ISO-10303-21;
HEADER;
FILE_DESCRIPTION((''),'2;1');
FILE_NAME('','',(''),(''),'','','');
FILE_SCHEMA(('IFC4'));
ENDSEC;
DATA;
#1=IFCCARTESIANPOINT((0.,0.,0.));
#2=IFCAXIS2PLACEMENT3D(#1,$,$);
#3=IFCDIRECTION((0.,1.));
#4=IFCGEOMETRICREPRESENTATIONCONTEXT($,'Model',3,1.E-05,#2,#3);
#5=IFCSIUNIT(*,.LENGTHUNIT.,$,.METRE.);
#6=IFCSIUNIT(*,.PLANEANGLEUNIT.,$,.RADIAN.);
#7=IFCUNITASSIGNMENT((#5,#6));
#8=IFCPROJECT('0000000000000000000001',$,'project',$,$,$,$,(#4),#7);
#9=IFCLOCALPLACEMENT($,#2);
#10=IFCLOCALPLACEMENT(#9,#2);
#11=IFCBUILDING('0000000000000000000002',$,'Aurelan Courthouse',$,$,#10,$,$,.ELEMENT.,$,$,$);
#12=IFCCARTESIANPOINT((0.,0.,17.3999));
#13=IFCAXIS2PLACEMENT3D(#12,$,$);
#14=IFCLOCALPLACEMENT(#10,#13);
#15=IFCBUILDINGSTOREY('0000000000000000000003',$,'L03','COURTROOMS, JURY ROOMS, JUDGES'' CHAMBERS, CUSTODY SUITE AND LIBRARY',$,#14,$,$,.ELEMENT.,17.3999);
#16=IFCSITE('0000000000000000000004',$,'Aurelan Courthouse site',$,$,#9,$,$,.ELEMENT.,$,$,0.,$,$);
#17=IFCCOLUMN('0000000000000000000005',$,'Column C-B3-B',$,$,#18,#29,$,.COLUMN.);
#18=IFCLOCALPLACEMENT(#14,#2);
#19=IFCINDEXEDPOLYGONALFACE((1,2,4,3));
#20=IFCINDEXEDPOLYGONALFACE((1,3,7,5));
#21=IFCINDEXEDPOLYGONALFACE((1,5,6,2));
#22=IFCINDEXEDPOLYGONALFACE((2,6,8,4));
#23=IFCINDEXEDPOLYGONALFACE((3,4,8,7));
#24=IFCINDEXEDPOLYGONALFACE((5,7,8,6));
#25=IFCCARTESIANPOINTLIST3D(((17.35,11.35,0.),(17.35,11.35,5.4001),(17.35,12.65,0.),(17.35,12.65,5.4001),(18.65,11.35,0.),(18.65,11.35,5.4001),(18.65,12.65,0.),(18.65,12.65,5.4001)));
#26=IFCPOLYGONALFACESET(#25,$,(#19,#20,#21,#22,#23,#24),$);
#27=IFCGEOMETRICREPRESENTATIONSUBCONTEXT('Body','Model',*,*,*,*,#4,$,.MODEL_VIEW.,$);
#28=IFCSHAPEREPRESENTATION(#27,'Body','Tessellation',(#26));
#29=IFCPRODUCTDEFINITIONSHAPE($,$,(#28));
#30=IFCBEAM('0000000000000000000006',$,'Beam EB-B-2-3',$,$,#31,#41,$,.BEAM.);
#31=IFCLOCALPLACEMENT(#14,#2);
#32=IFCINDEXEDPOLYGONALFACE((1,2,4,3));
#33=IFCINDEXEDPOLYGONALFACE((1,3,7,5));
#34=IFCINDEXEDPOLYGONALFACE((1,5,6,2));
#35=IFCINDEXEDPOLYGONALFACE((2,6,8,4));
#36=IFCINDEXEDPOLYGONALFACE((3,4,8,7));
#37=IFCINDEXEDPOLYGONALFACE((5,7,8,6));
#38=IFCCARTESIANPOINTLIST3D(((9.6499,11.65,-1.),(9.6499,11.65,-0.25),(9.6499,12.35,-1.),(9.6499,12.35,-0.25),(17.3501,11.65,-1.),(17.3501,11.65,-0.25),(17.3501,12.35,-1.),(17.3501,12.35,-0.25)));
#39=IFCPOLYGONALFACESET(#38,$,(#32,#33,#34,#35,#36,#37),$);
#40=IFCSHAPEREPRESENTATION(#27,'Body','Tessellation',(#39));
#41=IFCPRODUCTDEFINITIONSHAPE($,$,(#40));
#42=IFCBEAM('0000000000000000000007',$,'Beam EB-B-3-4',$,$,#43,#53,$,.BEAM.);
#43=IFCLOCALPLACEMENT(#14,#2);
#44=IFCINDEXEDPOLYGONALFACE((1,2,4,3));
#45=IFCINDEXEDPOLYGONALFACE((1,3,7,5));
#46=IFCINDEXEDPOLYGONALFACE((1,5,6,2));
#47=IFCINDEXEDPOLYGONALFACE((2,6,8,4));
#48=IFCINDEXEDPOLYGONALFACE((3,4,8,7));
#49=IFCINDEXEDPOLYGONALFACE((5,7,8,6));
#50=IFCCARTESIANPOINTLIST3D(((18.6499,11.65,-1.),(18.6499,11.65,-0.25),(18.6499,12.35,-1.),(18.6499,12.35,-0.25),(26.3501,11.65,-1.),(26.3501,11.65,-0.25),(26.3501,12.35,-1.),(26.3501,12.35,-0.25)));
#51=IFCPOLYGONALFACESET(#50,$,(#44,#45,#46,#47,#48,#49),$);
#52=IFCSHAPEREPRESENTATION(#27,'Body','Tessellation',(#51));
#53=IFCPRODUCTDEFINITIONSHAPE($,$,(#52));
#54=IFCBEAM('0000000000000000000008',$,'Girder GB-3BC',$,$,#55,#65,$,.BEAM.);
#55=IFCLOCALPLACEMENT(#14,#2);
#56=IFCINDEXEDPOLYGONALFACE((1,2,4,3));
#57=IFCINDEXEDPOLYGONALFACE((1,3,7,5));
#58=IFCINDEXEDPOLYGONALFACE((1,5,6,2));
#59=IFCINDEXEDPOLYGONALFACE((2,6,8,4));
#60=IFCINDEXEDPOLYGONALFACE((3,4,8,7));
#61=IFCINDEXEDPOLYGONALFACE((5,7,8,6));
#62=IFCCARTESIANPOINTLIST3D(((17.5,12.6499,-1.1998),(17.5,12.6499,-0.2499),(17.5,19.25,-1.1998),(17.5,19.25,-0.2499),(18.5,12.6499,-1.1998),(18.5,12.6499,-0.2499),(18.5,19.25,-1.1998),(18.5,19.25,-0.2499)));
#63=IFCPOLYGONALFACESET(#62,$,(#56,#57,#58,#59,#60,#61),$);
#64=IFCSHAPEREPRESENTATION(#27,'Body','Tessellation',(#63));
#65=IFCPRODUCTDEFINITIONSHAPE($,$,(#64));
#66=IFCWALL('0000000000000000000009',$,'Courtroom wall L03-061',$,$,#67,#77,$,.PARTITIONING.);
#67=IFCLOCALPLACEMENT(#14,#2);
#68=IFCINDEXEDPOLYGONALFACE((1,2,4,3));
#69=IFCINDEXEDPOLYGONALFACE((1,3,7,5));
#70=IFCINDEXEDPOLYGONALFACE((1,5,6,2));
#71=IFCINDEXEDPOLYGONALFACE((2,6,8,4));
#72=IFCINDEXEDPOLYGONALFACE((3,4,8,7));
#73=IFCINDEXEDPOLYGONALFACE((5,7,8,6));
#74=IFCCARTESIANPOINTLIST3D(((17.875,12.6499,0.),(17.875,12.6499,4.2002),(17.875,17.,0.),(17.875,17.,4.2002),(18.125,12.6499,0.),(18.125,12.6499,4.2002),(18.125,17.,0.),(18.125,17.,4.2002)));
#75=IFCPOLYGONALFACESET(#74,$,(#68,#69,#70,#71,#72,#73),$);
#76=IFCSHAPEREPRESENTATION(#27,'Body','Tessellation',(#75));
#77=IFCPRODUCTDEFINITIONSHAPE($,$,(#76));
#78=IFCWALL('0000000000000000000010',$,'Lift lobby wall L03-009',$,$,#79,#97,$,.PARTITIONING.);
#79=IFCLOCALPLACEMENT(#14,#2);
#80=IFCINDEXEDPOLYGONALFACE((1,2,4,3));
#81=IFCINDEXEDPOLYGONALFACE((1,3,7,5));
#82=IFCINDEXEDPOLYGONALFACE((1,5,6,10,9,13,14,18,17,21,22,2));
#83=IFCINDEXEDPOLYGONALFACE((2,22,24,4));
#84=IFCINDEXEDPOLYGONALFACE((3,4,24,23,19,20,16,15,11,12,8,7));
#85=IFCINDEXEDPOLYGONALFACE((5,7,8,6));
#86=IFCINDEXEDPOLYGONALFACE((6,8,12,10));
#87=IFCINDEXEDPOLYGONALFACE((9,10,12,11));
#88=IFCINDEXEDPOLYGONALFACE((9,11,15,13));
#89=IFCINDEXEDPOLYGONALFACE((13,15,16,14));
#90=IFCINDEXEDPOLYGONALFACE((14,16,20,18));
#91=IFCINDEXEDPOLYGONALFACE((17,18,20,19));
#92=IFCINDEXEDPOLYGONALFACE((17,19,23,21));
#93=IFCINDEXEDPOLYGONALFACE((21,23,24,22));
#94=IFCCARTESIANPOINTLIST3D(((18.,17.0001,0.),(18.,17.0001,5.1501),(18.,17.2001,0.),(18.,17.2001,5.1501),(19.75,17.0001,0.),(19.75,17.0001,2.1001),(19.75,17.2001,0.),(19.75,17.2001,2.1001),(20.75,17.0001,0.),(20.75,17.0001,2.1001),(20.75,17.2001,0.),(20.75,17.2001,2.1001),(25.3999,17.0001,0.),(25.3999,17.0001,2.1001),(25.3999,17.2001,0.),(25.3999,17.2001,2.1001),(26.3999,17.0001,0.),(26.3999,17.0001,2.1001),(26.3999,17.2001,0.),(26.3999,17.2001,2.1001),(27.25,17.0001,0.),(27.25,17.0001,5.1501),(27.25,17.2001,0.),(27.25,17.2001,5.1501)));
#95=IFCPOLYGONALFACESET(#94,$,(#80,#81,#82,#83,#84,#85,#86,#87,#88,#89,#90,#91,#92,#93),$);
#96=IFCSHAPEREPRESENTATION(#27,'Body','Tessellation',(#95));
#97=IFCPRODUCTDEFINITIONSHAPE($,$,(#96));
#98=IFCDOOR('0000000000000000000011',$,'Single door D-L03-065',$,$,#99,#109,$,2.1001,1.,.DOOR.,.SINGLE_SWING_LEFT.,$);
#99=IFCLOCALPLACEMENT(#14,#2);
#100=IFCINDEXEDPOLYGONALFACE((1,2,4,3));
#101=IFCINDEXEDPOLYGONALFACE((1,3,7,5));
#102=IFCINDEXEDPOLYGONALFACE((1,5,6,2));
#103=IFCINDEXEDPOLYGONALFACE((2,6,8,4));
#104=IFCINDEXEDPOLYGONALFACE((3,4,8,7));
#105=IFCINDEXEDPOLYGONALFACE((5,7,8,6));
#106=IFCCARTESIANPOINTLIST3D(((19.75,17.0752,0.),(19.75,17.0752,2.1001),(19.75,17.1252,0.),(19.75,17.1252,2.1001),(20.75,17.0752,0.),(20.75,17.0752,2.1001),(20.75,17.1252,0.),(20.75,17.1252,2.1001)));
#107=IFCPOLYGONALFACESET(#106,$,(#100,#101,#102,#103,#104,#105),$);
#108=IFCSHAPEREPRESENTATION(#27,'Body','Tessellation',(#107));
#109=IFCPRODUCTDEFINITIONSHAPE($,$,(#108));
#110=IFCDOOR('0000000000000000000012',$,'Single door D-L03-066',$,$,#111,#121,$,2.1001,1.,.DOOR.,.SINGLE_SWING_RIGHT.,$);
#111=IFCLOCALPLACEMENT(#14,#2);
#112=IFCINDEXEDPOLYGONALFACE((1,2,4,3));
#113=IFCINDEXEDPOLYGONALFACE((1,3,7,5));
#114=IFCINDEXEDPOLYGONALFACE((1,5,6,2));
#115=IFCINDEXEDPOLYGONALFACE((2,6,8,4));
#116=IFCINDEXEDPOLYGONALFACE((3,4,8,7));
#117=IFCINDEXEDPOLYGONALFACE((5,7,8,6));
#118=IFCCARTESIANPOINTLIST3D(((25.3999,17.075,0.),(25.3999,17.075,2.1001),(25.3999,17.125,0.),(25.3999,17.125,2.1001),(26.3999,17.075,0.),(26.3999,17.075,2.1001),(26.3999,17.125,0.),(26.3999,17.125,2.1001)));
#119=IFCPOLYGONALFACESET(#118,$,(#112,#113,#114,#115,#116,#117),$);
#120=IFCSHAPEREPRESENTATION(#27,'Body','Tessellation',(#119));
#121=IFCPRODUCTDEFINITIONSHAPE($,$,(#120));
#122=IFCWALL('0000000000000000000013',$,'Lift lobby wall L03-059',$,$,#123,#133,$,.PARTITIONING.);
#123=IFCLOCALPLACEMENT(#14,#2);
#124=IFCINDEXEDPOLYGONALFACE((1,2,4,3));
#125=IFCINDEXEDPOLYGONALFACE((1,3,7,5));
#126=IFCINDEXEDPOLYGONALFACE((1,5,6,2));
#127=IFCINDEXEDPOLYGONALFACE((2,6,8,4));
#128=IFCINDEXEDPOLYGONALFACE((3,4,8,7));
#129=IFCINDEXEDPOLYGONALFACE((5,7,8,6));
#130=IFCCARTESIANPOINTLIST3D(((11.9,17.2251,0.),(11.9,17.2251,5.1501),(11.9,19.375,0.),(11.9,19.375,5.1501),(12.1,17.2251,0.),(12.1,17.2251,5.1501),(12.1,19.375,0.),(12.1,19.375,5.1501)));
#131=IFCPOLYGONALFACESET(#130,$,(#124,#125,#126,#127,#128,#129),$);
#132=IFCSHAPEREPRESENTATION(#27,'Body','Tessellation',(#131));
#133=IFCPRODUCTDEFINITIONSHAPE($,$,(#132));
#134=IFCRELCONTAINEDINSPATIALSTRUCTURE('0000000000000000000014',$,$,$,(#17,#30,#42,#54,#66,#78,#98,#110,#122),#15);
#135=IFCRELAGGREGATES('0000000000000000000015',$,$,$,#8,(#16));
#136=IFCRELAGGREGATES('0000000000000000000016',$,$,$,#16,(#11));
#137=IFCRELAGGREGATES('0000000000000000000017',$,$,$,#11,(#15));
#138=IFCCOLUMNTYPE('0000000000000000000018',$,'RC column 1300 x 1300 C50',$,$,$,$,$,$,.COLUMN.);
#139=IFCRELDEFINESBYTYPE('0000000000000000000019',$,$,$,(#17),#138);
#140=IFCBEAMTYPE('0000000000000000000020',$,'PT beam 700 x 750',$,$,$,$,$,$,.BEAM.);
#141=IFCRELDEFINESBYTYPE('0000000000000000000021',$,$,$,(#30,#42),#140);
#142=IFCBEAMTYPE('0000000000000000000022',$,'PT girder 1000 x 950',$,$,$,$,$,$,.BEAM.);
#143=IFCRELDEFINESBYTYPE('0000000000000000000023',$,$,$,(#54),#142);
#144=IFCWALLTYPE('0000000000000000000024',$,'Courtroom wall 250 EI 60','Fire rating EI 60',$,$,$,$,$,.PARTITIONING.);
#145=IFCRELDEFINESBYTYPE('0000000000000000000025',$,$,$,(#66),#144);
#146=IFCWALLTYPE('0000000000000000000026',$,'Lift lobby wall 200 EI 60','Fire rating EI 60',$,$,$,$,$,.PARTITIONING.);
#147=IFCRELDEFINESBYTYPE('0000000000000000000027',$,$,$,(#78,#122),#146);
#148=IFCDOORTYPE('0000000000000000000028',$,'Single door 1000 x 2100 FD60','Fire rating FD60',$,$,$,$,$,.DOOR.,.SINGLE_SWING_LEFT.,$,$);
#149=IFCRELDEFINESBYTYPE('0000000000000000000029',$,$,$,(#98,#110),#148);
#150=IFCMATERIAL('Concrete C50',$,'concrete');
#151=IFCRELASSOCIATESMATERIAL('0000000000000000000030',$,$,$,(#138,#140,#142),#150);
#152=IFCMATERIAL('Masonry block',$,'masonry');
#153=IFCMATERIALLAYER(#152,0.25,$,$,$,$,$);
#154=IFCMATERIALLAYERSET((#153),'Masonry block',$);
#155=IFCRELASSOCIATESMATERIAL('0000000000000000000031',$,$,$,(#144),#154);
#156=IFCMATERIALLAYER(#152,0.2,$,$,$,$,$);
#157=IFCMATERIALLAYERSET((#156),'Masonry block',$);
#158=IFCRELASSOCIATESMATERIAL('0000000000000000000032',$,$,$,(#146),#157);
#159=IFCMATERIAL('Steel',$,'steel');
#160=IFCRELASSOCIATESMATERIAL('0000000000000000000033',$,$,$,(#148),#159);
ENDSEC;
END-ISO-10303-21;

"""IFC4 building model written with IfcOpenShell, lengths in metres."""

from ifc_helpers import new_model, si_unit, direction, frame, frame_2d, origin, origin_2d, place, context, subcontext, project, spatial, rectangle, extrude, material, layer, layer_set, material_profile, profile_set, type_object, element, fill, save


model = new_model("IFC4")

# Units and contexts
model_context = context("Model", 3, precision=1e-05, world=origin(), true_north=direction((0.0, 1.0)))
body_context = subcontext(model_context, "Body", "Model", "MODEL_VIEW")
ifc_project = project(units=[si_unit("LENGTHUNIT", "METRE"), si_unit("PLANEANGLEUNIT", "RADIAN")], contexts=[model_context])

# Site, building, storey
site_placement = place(None, origin())
site = spatial("IfcSite", under=ifc_project, at=site_placement, Name="Aurelan Courthouse site", CompositionType="ELEMENT", RefElevation=0.0)
building_placement = place(site_placement, origin())
building = spatial("IfcBuilding", under=site, at=building_placement, Name="Aurelan Courthouse", CompositionType="ELEMENT")
storey_placement = place(building_placement, frame((0.0, 0.0, 17.3999)))
storey = spatial("IfcBuildingStorey", under=building, at=storey_placement, Name="L03", Description="COURTROOMS, JURY ROOMS, JUDGES' CHAMBERS, CUSTODY SUITE AND LIBRARY", CompositionType="ELEMENT", Elevation=17.3999)

# Column
ifc_material_1 = material(Name="Concrete C50", Category="concrete")
ifc_material_profile_1 = material_profile(ifc_material_1, rectangle(XDim=1.3, YDim=1.3, at=origin_2d()), Name="RC 1300 x 1300")
ifc_profile_set_1 = profile_set([ifc_material_profile_1], Name="Concrete C50")
column_type = type_object("IfcColumnType", Name="RC column 1300 x 1300 C50", PredefinedType="COLUMN", material=ifc_profile_set_1)
column_placement = place(storey_placement, frame((18.0, 12.0, 0.0), z_axis=(0.0, 0.0, 1.0), x_axis=(1.0, 0.0, 0.0)))
element("IfcColumn", 1, at=column_placement, inside=storey, type_object=column_type, Name="Column C-B3-B", PredefinedType="COLUMN", context=body_context, shape_type="SweptSolid", body=[
    extrude(rectangle(XDim=1.3, YDim=1.3, at=origin_2d()), origin(), (0.0, 0.0, 1.0), 5.4001),
])

# Beams
ifc_material_profile_2 = material_profile(ifc_material_1, rectangle(XDim=0.7, YDim=0.75, at=origin_2d()), Name="RC 700 x 750")
ifc_profile_set_2 = profile_set([ifc_material_profile_2], Name="Concrete C50")
beam_type_1 = type_object("IfcBeamType", Name="PT beam 700 x 750", PredefinedType="BEAM", material=ifc_profile_set_2)
for number, where, z_axis, x_axis, name in (
    (2, (9.6499, 12.0, -0.625), (1.0, 0.0, 0.0), (0.0, 1.0, 0.0), "Beam EB-B-2-3"),
    (3, (18.6499, 12.0, -0.625), (1.0, 0.0, 0.0), (0.0, 1.0, 0.0), "Beam EB-B-3-4"),
):
    element("IfcBeam", number, at=place(storey_placement, frame(where, z_axis=z_axis, x_axis=x_axis)), inside=storey, type_object=beam_type_1, Name=name, PredefinedType="BEAM", context=body_context, shape_type="SweptSolid", body=[
        extrude(rectangle(XDim=0.7, YDim=0.75, at=origin_2d()), origin(), (0.0, 0.0, 1.0), 7.7002),
    ])
ifc_material_profile_3 = material_profile(ifc_material_1, rectangle(XDim=1.0, YDim=0.95, at=origin_2d()), Name="RC 1000 x 950")
ifc_profile_set_3 = profile_set([ifc_material_profile_3], Name="Concrete C50")
beam_type_2 = type_object("IfcBeamType", Name="PT girder 1000 x 950", PredefinedType="BEAM", material=ifc_profile_set_3)
beam_placement = place(storey_placement, frame((18.0, 12.6499, -0.7249), z_axis=(0.0, 1.0, 0.0), x_axis=(-1.0, 0.0, 0.0)))
element("IfcBeam", 4, at=beam_placement, inside=storey, type_object=beam_type_2, Name="Girder GB-3BC", PredefinedType="BEAM", context=body_context, shape_type="SweptSolid", body=[
    extrude(rectangle(XDim=1.0, YDim=0.95, at=origin_2d()), origin(), (0.0, 0.0, 1.0), 6.6001),
])

# Wall
ifc_material_2 = material(Name="Masonry block", Category="masonry")
ifc_layer_1 = layer(ifc_material_2, 0.25)
ifc_layer_set_1 = layer_set([ifc_layer_1], Name="Masonry block")
wall_type_1 = type_object("IfcWallType", Name="Courtroom wall 250 EI 60", Description="Fire rating EI 60", PredefinedType="PARTITIONING", material=ifc_layer_set_1)
wall_1_placement = place(storey_placement, frame((18.0, 12.6499, 0.0), z_axis=(0.0, 0.0, 1.0), x_axis=(0.0, 1.0, 0.0)))
element("IfcWall", 5, at=wall_1_placement, inside=storey, type_object=wall_type_1, Name="Courtroom wall L03-061", PredefinedType="PARTITIONING", context=body_context, shape_type="SweptSolid", body=[
    extrude(rectangle(XDim=4.3501, YDim=0.25, at=frame_2d((2.175, 0.0))), origin(), (0.0, 0.0, 1.0), 4.2002),
])

# Wall, openings, doors
ifc_layer_2 = layer(ifc_material_2, 0.2)
ifc_layer_set_2 = layer_set([ifc_layer_2], Name="Masonry block")
wall_type_2 = type_object("IfcWallType", Name="Lift lobby wall 200 EI 60", Description="Fire rating EI 60", PredefinedType="PARTITIONING", material=ifc_layer_set_2)
wall_2_placement = place(storey_placement, frame((18.0, 17.1001, 0.0), z_axis=(0.0, 0.0, 1.0), x_axis=(1.0, 0.0, 0.0)))
wall_2 = element("IfcWall", 6, at=wall_2_placement, inside=storey, type_object=wall_type_2, Name="Lift lobby wall L03-009", PredefinedType="PARTITIONING", context=body_context, shape_type="SweptSolid", body=[
    extrude(rectangle(XDim=9.25, YDim=0.2, at=frame_2d((4.625, 0.0))), origin(), (0.0, 0.0, 1.0), 5.1501),
])
opening_1_placement = place(wall_2_placement, frame((2.75, 0.0, 0.0), z_axis=(0.0, 0.0, 1.0), x_axis=(-1.0, 0.0, 0.0)))
opening_1 = element("IfcOpeningElement", 7, at=opening_1_placement, cuts=wall_2, PredefinedType="OPENING", context=body_context, shape_type="SweptSolid", body=[
    extrude(rectangle(XDim=1.0, YDim=2.1001, at=frame_2d((0.5, 1.05))), frame((0.0, 0.1099, 0.0), z_axis=(0.0, -1.0, 0.0), x_axis=(1.0, 0.0, 0.0)), (0.0, 0.0, 1.0), 0.22),
])
opening_2_placement = place(wall_2_placement, frame((7.3999, 0.0, 0.0)))
opening_2 = element("IfcOpeningElement", 8, at=opening_2_placement, cuts=wall_2, PredefinedType="OPENING", context=body_context, shape_type="SweptSolid", body=[
    extrude(rectangle(XDim=1.0, YDim=2.1001, at=frame_2d((0.5, 1.05))), frame((0.0, 0.1099, 0.0), z_axis=(0.0, -1.0, 0.0), x_axis=(1.0, 0.0, 0.0)), (0.0, 0.0, 1.0), 0.22),
])
ifc_material_3 = material(Name="Steel", Category="steel")
door_type_1 = type_object("IfcDoorType", Name="Single door 1000 x 2100 FD60", Description="Fire rating FD60", OperationType="SINGLE_SWING_LEFT", PredefinedType="DOOR", material=ifc_material_3)
door_1_placement = place(opening_1_placement, origin())
door_1 = element("IfcDoor", 9, at=door_1_placement, inside=storey, type_object=door_type_1, Name="Single door D-L03-065", OperationType="SINGLE_SWING_LEFT", OverallHeight=2.1001, OverallWidth=1.0, PredefinedType="DOOR", context=body_context, shape_type="SweptSolid", body=[
    extrude(rectangle(XDim=1.0, YDim=2.1001, at=frame_2d((0.5, 1.05))), frame((0.0, 0.0249, 0.0), z_axis=(0.0, -1.0, 0.0), x_axis=(1.0, 0.0, 0.0)), (0.0, 0.0, 1.0), 0.05),
])
fill(opening_1, door_1)
door_2_placement = place(opening_2_placement, origin())
door_2 = element("IfcDoor", 10, at=door_2_placement, inside=storey, type_object=door_type_1, Name="Single door D-L03-066", OperationType="SINGLE_SWING_RIGHT", OverallHeight=2.1001, OverallWidth=1.0, PredefinedType="DOOR", context=body_context, shape_type="SweptSolid", body=[
    extrude(rectangle(XDim=1.0, YDim=2.1001, at=frame_2d((0.5, 1.05))), frame((0.0, 0.0249, 0.0), z_axis=(0.0, -1.0, 0.0), x_axis=(1.0, 0.0, 0.0)), (0.0, 0.0, 1.0), 0.05),
])
fill(opening_2, door_2)

# Wall
wall_3_placement = place(storey_placement, frame((12.0, 17.2251, 0.0), z_axis=(0.0, 0.0, 1.0), x_axis=(0.0, 1.0, 0.0)))
element("IfcWall", 11, at=wall_3_placement, inside=storey, type_object=wall_type_2, Name="Lift lobby wall L03-059", PredefinedType="PARTITIONING", context=body_context, shape_type="SweptSolid", body=[
    extrude(rectangle(XDim=2.1499, YDim=0.2, at=frame_2d((1.075, 0.0))), origin(), (0.0, 0.0, 1.0), 5.1501),
])

save(model, "model.ifc")
